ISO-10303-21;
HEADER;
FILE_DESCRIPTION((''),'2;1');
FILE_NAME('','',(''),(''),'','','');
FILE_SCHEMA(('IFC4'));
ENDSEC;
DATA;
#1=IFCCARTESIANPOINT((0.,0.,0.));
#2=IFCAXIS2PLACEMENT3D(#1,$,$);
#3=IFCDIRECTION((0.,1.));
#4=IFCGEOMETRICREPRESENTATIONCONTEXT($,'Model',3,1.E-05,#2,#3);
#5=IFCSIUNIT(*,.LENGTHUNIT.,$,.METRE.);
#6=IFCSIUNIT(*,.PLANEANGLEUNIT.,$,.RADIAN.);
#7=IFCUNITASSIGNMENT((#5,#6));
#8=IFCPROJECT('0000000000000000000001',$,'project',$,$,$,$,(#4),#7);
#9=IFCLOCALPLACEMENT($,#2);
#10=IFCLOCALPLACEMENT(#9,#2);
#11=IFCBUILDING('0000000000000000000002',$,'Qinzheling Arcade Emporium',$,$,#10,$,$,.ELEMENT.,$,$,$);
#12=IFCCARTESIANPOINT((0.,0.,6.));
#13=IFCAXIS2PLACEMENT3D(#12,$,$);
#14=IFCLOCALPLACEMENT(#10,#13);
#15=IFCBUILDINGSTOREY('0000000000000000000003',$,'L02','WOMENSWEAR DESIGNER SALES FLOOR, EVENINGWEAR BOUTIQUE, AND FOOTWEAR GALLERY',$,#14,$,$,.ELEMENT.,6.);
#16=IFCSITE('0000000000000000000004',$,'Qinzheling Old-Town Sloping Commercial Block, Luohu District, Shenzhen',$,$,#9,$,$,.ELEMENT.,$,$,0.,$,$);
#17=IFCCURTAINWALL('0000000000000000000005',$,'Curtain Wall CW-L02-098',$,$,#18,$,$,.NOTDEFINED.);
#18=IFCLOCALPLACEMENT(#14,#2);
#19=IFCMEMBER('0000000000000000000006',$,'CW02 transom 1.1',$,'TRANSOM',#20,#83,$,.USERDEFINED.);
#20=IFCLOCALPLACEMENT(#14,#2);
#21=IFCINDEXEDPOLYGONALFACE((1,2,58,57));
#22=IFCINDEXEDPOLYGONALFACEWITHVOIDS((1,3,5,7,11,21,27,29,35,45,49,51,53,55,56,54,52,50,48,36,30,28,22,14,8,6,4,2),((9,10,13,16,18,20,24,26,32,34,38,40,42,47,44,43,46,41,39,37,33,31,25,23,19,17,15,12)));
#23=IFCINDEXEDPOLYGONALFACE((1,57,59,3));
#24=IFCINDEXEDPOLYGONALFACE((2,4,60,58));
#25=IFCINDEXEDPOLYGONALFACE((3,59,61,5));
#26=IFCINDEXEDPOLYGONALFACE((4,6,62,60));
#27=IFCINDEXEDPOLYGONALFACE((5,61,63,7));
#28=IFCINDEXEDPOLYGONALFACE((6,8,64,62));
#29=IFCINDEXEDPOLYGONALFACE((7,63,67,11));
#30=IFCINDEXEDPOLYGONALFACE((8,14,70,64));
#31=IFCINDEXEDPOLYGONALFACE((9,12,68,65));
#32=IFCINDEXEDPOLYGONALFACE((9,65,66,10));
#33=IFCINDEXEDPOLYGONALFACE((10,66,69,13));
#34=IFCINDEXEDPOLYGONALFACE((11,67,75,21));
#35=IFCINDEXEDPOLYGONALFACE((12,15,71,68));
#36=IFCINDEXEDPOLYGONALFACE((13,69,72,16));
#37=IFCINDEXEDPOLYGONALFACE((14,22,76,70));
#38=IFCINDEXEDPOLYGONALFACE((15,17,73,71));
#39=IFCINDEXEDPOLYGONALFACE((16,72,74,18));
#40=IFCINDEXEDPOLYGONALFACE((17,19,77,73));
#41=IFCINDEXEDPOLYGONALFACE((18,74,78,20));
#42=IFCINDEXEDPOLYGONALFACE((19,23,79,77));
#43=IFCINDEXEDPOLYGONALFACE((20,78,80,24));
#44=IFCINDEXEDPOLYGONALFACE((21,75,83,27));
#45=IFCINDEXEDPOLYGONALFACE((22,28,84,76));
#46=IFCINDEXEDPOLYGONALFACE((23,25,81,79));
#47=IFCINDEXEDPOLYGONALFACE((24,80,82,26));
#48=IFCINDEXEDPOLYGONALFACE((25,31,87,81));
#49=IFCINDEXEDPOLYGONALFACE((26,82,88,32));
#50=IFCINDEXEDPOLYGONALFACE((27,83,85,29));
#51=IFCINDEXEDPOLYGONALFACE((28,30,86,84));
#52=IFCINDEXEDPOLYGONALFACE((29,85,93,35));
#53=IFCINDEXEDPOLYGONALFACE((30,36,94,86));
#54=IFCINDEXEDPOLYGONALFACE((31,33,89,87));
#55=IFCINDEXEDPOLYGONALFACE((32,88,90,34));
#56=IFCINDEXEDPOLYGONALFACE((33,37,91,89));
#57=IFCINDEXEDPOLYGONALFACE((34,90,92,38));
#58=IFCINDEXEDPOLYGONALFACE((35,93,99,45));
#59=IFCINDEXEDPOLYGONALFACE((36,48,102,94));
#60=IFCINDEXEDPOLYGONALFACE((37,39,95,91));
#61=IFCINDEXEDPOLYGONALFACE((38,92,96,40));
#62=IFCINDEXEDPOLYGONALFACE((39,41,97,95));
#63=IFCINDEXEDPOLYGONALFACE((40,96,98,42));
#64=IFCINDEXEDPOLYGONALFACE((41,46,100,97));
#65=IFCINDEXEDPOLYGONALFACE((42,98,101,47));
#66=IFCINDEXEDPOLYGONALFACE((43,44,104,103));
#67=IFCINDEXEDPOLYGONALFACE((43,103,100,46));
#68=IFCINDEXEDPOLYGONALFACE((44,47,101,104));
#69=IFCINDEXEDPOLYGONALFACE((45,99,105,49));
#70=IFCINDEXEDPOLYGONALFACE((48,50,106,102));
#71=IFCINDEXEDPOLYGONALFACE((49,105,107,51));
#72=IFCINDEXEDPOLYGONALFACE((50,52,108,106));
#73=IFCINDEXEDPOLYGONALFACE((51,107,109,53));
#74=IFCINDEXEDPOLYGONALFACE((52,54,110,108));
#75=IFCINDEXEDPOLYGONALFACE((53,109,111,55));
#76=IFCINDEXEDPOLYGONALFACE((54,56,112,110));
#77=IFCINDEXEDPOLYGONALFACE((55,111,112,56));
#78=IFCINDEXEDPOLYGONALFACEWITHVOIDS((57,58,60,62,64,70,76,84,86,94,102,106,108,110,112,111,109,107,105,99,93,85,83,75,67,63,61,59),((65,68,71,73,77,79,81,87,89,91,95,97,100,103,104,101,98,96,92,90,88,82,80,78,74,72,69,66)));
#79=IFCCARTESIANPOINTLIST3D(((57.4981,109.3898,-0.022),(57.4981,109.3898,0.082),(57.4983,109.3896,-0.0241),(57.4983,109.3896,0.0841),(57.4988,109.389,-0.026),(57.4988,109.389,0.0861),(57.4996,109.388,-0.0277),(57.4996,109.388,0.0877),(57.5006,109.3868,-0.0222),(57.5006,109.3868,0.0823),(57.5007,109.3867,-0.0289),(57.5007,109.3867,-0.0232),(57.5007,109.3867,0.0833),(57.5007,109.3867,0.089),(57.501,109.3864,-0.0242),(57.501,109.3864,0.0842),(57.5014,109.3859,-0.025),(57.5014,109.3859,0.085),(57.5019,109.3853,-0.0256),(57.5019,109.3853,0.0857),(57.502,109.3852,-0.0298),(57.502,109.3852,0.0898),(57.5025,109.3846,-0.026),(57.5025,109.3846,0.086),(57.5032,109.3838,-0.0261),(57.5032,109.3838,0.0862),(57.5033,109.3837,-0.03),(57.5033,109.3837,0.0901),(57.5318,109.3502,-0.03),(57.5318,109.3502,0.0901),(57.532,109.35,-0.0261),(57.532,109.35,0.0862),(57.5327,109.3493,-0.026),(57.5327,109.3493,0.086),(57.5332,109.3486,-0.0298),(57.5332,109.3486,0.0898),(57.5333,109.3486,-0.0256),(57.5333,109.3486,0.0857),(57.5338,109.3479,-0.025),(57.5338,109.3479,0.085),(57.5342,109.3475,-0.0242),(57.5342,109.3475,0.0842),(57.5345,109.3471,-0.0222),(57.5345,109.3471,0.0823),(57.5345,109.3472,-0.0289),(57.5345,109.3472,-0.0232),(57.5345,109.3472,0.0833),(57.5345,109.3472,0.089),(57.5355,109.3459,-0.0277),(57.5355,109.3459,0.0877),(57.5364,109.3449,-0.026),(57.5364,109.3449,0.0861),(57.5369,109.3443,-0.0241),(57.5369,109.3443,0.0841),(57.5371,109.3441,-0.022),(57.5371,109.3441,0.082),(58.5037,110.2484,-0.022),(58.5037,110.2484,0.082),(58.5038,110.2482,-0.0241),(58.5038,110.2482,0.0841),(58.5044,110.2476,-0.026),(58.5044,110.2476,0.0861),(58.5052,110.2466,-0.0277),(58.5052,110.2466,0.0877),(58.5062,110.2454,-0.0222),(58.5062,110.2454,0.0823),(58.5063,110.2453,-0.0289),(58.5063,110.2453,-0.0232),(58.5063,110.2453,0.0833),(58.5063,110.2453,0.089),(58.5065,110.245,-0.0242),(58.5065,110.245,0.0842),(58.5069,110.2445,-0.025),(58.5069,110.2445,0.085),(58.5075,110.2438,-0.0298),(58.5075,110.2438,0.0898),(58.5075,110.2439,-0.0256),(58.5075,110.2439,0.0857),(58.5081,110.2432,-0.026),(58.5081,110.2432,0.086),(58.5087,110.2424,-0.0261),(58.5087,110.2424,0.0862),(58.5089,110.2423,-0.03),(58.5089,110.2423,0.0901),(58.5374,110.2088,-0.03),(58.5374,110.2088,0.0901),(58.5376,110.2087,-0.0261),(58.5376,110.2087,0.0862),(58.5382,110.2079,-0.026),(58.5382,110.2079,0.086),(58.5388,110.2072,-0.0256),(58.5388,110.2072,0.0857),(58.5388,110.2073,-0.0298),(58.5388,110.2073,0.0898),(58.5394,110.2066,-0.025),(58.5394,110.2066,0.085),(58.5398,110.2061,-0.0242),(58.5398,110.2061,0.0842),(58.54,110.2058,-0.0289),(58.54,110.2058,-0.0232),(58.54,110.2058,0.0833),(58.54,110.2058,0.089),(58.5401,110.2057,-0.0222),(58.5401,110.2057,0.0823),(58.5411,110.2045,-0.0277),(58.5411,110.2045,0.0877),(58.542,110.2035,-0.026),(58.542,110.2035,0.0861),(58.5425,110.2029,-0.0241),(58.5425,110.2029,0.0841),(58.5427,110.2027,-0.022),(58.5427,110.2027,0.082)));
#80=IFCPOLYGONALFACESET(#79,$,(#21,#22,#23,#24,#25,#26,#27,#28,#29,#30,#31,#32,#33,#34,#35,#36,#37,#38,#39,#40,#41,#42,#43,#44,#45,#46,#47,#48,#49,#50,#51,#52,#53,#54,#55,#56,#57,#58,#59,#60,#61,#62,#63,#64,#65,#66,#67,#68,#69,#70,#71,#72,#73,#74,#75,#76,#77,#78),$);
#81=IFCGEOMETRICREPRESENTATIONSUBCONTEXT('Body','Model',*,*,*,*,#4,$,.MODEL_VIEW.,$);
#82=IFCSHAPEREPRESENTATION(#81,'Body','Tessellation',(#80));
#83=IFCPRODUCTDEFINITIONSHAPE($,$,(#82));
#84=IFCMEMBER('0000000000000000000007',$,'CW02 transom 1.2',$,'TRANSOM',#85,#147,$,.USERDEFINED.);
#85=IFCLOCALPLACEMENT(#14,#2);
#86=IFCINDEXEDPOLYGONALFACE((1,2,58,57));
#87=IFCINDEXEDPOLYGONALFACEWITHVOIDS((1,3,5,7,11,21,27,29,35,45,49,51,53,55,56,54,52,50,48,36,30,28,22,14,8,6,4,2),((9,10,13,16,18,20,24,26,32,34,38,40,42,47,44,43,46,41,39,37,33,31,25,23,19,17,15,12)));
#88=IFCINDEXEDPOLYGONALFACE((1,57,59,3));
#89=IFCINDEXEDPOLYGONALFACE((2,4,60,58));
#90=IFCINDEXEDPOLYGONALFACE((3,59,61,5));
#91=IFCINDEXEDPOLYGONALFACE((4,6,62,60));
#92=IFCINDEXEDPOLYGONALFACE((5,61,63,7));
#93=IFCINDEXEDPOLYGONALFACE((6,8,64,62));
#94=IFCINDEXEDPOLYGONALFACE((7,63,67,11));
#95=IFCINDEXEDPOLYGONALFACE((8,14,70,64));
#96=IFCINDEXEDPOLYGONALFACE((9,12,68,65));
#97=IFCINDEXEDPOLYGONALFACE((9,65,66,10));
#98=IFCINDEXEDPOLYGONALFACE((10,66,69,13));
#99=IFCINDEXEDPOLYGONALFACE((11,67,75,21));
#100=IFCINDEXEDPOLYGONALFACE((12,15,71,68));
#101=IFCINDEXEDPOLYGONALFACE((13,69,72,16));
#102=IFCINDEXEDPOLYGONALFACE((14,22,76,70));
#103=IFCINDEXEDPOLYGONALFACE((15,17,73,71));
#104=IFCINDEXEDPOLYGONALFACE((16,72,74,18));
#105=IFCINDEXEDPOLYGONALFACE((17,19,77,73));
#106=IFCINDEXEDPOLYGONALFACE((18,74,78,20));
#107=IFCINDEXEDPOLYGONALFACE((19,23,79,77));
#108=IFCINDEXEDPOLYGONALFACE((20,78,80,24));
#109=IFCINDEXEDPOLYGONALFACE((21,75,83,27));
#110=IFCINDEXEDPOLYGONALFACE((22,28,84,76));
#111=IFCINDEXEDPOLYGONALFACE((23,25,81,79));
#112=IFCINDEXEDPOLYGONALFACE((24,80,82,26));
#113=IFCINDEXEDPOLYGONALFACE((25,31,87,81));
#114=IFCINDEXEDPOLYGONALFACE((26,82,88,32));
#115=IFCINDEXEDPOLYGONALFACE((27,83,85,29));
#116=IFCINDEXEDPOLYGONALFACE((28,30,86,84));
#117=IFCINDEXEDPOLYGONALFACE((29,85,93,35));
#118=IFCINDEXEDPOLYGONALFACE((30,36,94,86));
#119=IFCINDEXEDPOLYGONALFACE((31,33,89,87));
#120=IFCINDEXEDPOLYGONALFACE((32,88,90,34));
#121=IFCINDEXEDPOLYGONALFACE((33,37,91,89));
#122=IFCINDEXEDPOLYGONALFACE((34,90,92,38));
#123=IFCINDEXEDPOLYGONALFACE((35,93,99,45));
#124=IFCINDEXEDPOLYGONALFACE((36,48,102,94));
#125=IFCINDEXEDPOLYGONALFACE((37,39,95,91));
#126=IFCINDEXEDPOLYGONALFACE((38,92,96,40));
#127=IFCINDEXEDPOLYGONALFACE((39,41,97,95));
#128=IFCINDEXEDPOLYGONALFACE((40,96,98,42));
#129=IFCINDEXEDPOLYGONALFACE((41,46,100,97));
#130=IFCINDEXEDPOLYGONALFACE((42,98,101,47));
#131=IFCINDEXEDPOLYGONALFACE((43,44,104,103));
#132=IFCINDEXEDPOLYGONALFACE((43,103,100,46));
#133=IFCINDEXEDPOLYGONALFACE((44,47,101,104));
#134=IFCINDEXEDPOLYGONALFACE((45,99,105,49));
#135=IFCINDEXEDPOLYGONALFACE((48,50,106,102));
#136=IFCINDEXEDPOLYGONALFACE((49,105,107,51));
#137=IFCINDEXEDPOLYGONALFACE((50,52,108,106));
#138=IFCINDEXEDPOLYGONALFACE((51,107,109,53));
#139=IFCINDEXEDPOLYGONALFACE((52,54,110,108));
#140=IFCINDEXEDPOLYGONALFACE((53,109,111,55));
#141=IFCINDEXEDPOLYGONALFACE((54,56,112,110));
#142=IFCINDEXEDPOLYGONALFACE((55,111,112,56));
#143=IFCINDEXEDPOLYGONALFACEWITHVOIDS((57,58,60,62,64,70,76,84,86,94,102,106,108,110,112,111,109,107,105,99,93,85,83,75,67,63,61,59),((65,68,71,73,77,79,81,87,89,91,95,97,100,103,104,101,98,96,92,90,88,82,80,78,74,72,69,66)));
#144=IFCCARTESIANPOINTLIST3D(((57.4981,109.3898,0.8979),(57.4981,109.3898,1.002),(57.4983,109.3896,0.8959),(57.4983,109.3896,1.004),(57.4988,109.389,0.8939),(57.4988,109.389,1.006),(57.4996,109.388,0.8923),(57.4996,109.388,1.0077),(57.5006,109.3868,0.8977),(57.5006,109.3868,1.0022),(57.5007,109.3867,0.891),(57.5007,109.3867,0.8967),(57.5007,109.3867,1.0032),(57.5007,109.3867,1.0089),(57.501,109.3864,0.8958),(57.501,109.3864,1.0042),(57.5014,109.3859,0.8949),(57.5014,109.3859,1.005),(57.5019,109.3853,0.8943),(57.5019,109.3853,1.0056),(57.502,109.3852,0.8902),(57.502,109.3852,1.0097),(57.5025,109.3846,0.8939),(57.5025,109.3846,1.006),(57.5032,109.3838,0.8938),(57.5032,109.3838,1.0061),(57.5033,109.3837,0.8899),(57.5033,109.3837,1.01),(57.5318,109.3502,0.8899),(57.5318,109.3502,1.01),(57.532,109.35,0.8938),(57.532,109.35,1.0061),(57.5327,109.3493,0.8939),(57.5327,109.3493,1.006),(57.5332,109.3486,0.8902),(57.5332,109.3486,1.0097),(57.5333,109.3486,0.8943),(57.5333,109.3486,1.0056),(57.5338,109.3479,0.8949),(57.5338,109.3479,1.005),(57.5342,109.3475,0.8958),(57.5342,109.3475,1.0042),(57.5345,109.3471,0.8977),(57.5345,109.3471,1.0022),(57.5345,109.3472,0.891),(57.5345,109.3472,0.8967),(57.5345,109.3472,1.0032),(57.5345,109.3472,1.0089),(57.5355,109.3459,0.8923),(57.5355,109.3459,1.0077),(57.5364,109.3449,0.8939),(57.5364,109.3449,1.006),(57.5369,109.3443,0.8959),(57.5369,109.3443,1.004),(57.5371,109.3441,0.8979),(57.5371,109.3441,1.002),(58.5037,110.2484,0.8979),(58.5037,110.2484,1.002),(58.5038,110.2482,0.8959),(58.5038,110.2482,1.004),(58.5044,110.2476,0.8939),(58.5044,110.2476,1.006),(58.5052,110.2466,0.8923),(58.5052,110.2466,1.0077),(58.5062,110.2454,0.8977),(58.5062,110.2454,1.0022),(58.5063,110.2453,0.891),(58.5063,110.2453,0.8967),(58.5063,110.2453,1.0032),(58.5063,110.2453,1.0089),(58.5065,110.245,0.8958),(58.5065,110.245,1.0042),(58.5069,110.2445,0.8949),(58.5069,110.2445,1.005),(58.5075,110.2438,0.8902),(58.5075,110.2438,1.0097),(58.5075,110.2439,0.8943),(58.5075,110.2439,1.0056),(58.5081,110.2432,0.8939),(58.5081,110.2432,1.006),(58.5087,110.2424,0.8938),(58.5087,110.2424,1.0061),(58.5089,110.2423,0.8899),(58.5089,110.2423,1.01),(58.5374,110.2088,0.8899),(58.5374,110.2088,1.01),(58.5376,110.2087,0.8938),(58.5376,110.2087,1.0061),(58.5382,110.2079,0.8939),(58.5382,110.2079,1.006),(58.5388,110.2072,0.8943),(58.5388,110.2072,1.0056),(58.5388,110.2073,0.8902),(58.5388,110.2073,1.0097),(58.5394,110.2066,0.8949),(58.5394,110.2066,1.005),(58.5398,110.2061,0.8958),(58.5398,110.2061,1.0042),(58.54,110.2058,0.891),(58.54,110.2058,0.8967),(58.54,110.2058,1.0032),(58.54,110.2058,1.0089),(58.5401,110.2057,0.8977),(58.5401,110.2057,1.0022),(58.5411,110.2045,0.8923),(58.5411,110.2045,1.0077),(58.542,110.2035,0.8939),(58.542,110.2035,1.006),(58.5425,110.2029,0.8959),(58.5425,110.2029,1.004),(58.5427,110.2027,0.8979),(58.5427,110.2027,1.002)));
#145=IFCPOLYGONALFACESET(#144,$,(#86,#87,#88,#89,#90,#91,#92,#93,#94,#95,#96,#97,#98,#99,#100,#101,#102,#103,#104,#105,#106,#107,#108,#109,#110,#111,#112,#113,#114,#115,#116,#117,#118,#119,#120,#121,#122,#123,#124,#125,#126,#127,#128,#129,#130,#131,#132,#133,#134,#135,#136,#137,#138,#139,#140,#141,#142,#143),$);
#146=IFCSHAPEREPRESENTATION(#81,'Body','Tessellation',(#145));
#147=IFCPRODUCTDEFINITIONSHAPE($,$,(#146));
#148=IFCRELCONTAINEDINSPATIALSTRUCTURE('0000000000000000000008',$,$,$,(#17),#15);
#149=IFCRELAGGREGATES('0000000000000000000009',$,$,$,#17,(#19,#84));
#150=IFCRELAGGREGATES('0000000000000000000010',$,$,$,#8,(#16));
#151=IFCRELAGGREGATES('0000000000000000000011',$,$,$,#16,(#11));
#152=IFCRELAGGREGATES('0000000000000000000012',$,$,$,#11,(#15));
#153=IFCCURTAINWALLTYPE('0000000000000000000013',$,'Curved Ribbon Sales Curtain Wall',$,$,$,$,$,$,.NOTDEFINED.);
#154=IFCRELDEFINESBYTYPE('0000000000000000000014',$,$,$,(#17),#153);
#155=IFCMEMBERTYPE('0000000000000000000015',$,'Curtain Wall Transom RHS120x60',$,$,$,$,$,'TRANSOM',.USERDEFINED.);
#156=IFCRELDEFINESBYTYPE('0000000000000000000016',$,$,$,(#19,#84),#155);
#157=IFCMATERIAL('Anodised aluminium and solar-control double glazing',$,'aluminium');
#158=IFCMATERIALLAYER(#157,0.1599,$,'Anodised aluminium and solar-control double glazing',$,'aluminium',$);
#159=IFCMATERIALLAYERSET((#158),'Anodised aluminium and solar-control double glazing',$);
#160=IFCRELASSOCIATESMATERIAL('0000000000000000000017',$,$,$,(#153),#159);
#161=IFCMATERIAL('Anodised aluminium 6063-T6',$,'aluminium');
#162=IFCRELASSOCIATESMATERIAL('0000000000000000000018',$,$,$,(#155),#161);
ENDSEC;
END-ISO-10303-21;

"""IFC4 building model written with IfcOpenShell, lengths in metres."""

from ifc_helpers import new_model, si_unit, direction, frame, origin, origin_2d, place, context, subcontext, project, spatial, hollow_rectangle, extrude, material, layer, layer_set, material_profile, profile_set, type_object, element, aggregate, save


model = new_model("IFC4")

# Units and contexts
model_context = context("Model", 3, precision=1e-05, world=origin(), true_north=direction((0.0, 1.0)))
body_context = subcontext(model_context, "Body", "Model", "MODEL_VIEW")
ifc_project = project(units=[si_unit("LENGTHUNIT", "METRE"), si_unit("PLANEANGLEUNIT", "RADIAN")], contexts=[model_context])

# Site, building, storey
site_placement = place(None, origin())
site = spatial("IfcSite", under=ifc_project, at=site_placement, Name="Qinzheling Old-Town Sloping Commercial Block, Luohu District, Shenzhen", CompositionType="ELEMENT", RefElevation=0.0)
building_placement = place(site_placement, origin())
building = spatial("IfcBuilding", under=site, at=building_placement, Name="Qinzheling Arcade Emporium", CompositionType="ELEMENT")
storey_placement = place(building_placement, frame((0.0, 0.0, 6.0)))
storey = spatial("IfcBuildingStorey", under=building, at=storey_placement, Name="L02", Description="WOMENSWEAR DESIGNER SALES FLOOR, EVENINGWEAR BOUTIQUE, AND FOOTWEAR GALLERY", CompositionType="ELEMENT", Elevation=6.0)

# Shared definitions
ifc_material_1 = material(Name="Anodised aluminium and solar-control double glazing", Category="aluminium")
ifc_layer_1 = layer(ifc_material_1, 0.1599, Name="Anodised aluminium and solar-control double glazing", Category="aluminium")
ifc_layer_set_1 = layer_set([ifc_layer_1], Name="Anodised aluminium and solar-control double glazing")
curtain_wall_type = type_object("IfcCurtainWallType", Name="Curved Ribbon Sales Curtain Wall", PredefinedType="NOTDEFINED", material=ifc_layer_set_1)
ifc_material_2 = material(Name="Anodised aluminium 6063-T6", Category="aluminium")

# Curtain wall, members
curtain_wall_1_placement = place(storey_placement, origin())
curtain_wall_1 = element("IfcCurtainWall", 1, at=curtain_wall_1_placement, inside=storey, type_object=curtain_wall_type, Name="Curtain Wall CW-L02-098", PredefinedType="NOTDEFINED")
ifc_material_profile_1 = material_profile(ifc_material_2, hollow_rectangle(XDim=0.0601, YDim=0.1201, WallThickness=0.0039, InnerFilletRadius=0.0039, OuterFilletRadius=0.0081, at=origin_2d()), Name="RHS 120x60x4", Category="aluminium")
ifc_profile_set_1 = profile_set([ifc_material_profile_1], Name="Anodised aluminium 6063-T6")
member_type_1 = type_object("IfcMemberType", Name="Curtain Wall Transom RHS120x60", ElementType="TRANSOM", PredefinedType="USERDEFINED", material=ifc_profile_set_1)
member_1_placement = place(storey_placement, frame((57.5176, 109.3669, 0.03), z_axis=(0.760493, 0.649346, 0.0), x_axis=(-0.649346, 0.760493, 0.0)))
member_1 = element("IfcMember", 2, at=member_1_placement, type_object=member_type_1, Name="CW02 transom 1.1", ObjectType="TRANSOM", PredefinedType="USERDEFINED", context=body_context, shape_type="SweptSolid", body=[
    extrude(hollow_rectangle(XDim=0.0601, YDim=0.1201, WallThickness=0.0039, InnerFilletRadius=0.0039, OuterFilletRadius=0.0081, at=origin_2d()), origin(), (0.0, 0.0, 1.0), 1.3223),
])
member_2_placement = place(storey_placement, frame((57.5176, 109.3669, 0.95), z_axis=(0.760493, 0.649346, 0.0), x_axis=(-0.649346, 0.760493, 0.0)))
member_2 = element("IfcMember", 3, at=member_2_placement, type_object=member_type_1, Name="CW02 transom 1.2", ObjectType="TRANSOM", PredefinedType="USERDEFINED", context=body_context, shape_type="SweptSolid", body=[
    extrude(hollow_rectangle(XDim=0.0601, YDim=0.1201, WallThickness=0.0039, InnerFilletRadius=0.0039, OuterFilletRadius=0.0081, at=origin_2d()), origin(), (0.0, 0.0, 1.0), 1.3223),
])

aggregate(curtain_wall_1, [member_1, member_2])

save(model, "model.ifc")
